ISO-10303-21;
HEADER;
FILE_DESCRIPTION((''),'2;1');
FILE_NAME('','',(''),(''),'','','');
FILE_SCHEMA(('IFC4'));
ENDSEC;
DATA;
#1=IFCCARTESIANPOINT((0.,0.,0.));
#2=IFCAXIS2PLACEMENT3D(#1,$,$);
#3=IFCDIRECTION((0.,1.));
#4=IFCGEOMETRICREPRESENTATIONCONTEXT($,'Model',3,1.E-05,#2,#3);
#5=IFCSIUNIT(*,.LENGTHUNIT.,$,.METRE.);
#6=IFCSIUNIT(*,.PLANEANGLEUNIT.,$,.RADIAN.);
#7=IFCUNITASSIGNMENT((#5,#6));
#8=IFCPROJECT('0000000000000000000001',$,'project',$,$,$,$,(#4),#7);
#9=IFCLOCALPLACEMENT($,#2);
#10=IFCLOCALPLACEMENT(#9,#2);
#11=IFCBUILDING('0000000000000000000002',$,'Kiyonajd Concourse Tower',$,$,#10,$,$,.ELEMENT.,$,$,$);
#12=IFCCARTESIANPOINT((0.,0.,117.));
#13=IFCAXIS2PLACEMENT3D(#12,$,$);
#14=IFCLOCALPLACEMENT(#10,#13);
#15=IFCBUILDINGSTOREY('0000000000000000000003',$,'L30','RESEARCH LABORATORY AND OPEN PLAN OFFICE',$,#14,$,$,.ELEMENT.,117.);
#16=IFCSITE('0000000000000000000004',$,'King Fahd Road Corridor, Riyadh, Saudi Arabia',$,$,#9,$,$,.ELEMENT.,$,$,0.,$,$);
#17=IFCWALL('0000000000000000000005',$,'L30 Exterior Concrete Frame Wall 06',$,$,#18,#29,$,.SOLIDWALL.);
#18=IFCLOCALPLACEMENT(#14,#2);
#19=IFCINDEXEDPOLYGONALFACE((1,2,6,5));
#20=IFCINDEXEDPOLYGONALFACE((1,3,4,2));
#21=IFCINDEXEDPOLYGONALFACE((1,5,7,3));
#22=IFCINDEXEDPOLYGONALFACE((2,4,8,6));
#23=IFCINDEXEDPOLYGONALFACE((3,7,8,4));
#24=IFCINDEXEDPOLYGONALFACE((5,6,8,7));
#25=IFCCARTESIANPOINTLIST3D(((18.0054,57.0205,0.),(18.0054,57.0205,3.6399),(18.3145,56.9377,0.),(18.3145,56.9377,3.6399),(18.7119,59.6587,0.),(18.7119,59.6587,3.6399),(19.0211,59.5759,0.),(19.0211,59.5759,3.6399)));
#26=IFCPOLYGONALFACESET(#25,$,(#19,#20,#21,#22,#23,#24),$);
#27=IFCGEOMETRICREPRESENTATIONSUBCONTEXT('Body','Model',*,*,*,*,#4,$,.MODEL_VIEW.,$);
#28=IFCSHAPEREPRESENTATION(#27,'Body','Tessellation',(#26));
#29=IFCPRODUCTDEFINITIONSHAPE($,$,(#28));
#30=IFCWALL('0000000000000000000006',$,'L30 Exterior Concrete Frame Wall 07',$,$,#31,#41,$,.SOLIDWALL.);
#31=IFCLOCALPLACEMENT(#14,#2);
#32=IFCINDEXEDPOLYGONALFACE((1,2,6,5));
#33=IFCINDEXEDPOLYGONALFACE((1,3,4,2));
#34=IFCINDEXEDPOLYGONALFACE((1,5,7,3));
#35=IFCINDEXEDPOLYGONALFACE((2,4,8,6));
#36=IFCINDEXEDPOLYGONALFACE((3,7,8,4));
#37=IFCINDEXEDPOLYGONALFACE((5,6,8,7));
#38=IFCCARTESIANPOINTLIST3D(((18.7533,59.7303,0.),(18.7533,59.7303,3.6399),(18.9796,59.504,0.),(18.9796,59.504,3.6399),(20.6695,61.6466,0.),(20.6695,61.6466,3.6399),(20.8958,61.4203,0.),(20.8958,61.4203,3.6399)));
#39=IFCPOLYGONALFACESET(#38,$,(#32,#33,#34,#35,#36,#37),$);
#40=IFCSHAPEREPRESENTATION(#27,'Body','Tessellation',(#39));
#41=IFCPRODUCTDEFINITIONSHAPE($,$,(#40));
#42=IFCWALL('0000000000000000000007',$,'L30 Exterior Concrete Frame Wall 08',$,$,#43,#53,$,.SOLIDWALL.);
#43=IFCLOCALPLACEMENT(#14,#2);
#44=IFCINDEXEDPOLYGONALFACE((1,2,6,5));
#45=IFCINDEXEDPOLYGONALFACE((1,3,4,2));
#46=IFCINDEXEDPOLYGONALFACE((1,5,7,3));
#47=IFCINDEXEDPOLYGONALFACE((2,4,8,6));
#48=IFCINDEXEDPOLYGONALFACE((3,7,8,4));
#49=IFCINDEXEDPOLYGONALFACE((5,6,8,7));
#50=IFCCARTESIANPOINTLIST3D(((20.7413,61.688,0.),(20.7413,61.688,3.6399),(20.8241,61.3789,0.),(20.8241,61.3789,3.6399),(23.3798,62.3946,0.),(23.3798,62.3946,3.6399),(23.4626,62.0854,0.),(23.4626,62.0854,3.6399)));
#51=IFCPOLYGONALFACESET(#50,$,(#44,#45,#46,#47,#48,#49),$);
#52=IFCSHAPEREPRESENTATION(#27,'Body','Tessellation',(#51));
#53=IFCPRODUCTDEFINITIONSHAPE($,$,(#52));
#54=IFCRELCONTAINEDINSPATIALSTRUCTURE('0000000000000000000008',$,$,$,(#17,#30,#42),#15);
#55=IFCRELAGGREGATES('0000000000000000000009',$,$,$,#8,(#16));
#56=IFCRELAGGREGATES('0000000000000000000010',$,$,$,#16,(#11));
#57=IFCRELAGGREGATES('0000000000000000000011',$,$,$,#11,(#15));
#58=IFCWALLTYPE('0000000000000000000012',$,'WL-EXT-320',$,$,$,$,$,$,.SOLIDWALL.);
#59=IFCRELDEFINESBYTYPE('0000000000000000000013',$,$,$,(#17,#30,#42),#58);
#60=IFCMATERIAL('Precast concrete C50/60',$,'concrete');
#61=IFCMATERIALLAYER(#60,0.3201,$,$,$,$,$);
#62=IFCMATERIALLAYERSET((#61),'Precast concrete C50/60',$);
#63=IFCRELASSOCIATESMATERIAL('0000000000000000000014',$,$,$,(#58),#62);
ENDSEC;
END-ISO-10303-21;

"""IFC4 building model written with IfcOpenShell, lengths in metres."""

from ifc_helpers import new_model, si_unit, direction, frame, frame_2d, origin, place, context, subcontext, project, spatial, rectangle, extrude, material, layer, layer_set, type_object, element, save


model = new_model("IFC4")

# Units and contexts
model_context = context("Model", 3, precision=1e-05, world=origin(), true_north=direction((0.0, 1.0)))
body_context = subcontext(model_context, "Body", "Model", "MODEL_VIEW")
ifc_project = project(units=[si_unit("LENGTHUNIT", "METRE"), si_unit("PLANEANGLEUNIT", "RADIAN")], contexts=[model_context])

# Site, building, storey
site_placement = place(None, origin())
site = spatial("IfcSite", under=ifc_project, at=site_placement, Name="King Fahd Road Corridor, Riyadh, Saudi Arabia", CompositionType="ELEMENT", RefElevation=0.0)
building_placement = place(site_placement, origin())
building = spatial("IfcBuilding", under=site, at=building_placement, Name="Kiyonajd Concourse Tower", CompositionType="ELEMENT")
storey_placement = place(building_placement, frame((0.0, 0.0, 117.0)))
storey = spatial("IfcBuildingStorey", under=building, at=storey_placement, Name="L30", Description="RESEARCH LABORATORY AND OPEN PLAN OFFICE", CompositionType="ELEMENT", Elevation=117.0)

# Shared definitions
ifc_material_1 = material(Name="Precast concrete C50/60", Category="concrete")

# Walls
ifc_layer_1 = layer(ifc_material_1, 0.3201)
ifc_layer_set_1 = layer_set([ifc_layer_1], Name="Precast concrete C50/60")
wall_type = type_object("IfcWallType", Name="WL-EXT-320", PredefinedType="SOLIDWALL", material=ifc_layer_set_1)
wall_1_placement = place(storey_placement, frame((18.1599, 56.979, 0.0), z_axis=(0.0, 0.0, 1.0), x_axis=(0.258697, 0.965958, 0.0)))
element("IfcWall", 1, at=wall_1_placement, inside=storey, type_object=wall_type, Name="L30 Exterior Concrete Frame Wall 06", PredefinedType="SOLIDWALL", context=body_context, shape_type="SweptSolid", body=[
    extrude(rectangle(XDim=2.7312, YDim=0.3201, at=frame_2d((1.3657, 0.0))), origin(), (0.0, 0.0, 1.0), 3.6399),
])
wall_2_placement = place(storey_placement, frame((18.8665, 59.6172, 0.0), z_axis=(0.0, 0.0, 1.0), x_axis=(0.707107, 0.707107, 0.0)))
element("IfcWall", 2, at=wall_2_placement, inside=storey, type_object=wall_type, Name="L30 Exterior Concrete Frame Wall 07", PredefinedType="SOLIDWALL", context=body_context, shape_type="SweptSolid", body=[
    extrude(rectangle(XDim=2.71, YDim=0.3201, at=frame_2d((1.355, 0.0))), origin(), (0.0, 0.0, 1.0), 3.6399),
])
wall_3_placement = place(storey_placement, frame((20.7827, 61.5334, 0.0), z_axis=(0.0, 0.0, 1.0), x_axis=(0.965964, 0.258675, 0.0)))
element("IfcWall", 3, at=wall_3_placement, inside=storey, type_object=wall_type, Name="L30 Exterior Concrete Frame Wall 08", PredefinedType="SOLIDWALL", context=body_context, shape_type="SweptSolid", body=[
    extrude(rectangle(XDim=2.7314, YDim=0.3201, at=frame_2d((1.3657, 0.0))), origin(), (0.0, 0.0, 1.0), 3.6399),
])

save(model, "model.ifc")
